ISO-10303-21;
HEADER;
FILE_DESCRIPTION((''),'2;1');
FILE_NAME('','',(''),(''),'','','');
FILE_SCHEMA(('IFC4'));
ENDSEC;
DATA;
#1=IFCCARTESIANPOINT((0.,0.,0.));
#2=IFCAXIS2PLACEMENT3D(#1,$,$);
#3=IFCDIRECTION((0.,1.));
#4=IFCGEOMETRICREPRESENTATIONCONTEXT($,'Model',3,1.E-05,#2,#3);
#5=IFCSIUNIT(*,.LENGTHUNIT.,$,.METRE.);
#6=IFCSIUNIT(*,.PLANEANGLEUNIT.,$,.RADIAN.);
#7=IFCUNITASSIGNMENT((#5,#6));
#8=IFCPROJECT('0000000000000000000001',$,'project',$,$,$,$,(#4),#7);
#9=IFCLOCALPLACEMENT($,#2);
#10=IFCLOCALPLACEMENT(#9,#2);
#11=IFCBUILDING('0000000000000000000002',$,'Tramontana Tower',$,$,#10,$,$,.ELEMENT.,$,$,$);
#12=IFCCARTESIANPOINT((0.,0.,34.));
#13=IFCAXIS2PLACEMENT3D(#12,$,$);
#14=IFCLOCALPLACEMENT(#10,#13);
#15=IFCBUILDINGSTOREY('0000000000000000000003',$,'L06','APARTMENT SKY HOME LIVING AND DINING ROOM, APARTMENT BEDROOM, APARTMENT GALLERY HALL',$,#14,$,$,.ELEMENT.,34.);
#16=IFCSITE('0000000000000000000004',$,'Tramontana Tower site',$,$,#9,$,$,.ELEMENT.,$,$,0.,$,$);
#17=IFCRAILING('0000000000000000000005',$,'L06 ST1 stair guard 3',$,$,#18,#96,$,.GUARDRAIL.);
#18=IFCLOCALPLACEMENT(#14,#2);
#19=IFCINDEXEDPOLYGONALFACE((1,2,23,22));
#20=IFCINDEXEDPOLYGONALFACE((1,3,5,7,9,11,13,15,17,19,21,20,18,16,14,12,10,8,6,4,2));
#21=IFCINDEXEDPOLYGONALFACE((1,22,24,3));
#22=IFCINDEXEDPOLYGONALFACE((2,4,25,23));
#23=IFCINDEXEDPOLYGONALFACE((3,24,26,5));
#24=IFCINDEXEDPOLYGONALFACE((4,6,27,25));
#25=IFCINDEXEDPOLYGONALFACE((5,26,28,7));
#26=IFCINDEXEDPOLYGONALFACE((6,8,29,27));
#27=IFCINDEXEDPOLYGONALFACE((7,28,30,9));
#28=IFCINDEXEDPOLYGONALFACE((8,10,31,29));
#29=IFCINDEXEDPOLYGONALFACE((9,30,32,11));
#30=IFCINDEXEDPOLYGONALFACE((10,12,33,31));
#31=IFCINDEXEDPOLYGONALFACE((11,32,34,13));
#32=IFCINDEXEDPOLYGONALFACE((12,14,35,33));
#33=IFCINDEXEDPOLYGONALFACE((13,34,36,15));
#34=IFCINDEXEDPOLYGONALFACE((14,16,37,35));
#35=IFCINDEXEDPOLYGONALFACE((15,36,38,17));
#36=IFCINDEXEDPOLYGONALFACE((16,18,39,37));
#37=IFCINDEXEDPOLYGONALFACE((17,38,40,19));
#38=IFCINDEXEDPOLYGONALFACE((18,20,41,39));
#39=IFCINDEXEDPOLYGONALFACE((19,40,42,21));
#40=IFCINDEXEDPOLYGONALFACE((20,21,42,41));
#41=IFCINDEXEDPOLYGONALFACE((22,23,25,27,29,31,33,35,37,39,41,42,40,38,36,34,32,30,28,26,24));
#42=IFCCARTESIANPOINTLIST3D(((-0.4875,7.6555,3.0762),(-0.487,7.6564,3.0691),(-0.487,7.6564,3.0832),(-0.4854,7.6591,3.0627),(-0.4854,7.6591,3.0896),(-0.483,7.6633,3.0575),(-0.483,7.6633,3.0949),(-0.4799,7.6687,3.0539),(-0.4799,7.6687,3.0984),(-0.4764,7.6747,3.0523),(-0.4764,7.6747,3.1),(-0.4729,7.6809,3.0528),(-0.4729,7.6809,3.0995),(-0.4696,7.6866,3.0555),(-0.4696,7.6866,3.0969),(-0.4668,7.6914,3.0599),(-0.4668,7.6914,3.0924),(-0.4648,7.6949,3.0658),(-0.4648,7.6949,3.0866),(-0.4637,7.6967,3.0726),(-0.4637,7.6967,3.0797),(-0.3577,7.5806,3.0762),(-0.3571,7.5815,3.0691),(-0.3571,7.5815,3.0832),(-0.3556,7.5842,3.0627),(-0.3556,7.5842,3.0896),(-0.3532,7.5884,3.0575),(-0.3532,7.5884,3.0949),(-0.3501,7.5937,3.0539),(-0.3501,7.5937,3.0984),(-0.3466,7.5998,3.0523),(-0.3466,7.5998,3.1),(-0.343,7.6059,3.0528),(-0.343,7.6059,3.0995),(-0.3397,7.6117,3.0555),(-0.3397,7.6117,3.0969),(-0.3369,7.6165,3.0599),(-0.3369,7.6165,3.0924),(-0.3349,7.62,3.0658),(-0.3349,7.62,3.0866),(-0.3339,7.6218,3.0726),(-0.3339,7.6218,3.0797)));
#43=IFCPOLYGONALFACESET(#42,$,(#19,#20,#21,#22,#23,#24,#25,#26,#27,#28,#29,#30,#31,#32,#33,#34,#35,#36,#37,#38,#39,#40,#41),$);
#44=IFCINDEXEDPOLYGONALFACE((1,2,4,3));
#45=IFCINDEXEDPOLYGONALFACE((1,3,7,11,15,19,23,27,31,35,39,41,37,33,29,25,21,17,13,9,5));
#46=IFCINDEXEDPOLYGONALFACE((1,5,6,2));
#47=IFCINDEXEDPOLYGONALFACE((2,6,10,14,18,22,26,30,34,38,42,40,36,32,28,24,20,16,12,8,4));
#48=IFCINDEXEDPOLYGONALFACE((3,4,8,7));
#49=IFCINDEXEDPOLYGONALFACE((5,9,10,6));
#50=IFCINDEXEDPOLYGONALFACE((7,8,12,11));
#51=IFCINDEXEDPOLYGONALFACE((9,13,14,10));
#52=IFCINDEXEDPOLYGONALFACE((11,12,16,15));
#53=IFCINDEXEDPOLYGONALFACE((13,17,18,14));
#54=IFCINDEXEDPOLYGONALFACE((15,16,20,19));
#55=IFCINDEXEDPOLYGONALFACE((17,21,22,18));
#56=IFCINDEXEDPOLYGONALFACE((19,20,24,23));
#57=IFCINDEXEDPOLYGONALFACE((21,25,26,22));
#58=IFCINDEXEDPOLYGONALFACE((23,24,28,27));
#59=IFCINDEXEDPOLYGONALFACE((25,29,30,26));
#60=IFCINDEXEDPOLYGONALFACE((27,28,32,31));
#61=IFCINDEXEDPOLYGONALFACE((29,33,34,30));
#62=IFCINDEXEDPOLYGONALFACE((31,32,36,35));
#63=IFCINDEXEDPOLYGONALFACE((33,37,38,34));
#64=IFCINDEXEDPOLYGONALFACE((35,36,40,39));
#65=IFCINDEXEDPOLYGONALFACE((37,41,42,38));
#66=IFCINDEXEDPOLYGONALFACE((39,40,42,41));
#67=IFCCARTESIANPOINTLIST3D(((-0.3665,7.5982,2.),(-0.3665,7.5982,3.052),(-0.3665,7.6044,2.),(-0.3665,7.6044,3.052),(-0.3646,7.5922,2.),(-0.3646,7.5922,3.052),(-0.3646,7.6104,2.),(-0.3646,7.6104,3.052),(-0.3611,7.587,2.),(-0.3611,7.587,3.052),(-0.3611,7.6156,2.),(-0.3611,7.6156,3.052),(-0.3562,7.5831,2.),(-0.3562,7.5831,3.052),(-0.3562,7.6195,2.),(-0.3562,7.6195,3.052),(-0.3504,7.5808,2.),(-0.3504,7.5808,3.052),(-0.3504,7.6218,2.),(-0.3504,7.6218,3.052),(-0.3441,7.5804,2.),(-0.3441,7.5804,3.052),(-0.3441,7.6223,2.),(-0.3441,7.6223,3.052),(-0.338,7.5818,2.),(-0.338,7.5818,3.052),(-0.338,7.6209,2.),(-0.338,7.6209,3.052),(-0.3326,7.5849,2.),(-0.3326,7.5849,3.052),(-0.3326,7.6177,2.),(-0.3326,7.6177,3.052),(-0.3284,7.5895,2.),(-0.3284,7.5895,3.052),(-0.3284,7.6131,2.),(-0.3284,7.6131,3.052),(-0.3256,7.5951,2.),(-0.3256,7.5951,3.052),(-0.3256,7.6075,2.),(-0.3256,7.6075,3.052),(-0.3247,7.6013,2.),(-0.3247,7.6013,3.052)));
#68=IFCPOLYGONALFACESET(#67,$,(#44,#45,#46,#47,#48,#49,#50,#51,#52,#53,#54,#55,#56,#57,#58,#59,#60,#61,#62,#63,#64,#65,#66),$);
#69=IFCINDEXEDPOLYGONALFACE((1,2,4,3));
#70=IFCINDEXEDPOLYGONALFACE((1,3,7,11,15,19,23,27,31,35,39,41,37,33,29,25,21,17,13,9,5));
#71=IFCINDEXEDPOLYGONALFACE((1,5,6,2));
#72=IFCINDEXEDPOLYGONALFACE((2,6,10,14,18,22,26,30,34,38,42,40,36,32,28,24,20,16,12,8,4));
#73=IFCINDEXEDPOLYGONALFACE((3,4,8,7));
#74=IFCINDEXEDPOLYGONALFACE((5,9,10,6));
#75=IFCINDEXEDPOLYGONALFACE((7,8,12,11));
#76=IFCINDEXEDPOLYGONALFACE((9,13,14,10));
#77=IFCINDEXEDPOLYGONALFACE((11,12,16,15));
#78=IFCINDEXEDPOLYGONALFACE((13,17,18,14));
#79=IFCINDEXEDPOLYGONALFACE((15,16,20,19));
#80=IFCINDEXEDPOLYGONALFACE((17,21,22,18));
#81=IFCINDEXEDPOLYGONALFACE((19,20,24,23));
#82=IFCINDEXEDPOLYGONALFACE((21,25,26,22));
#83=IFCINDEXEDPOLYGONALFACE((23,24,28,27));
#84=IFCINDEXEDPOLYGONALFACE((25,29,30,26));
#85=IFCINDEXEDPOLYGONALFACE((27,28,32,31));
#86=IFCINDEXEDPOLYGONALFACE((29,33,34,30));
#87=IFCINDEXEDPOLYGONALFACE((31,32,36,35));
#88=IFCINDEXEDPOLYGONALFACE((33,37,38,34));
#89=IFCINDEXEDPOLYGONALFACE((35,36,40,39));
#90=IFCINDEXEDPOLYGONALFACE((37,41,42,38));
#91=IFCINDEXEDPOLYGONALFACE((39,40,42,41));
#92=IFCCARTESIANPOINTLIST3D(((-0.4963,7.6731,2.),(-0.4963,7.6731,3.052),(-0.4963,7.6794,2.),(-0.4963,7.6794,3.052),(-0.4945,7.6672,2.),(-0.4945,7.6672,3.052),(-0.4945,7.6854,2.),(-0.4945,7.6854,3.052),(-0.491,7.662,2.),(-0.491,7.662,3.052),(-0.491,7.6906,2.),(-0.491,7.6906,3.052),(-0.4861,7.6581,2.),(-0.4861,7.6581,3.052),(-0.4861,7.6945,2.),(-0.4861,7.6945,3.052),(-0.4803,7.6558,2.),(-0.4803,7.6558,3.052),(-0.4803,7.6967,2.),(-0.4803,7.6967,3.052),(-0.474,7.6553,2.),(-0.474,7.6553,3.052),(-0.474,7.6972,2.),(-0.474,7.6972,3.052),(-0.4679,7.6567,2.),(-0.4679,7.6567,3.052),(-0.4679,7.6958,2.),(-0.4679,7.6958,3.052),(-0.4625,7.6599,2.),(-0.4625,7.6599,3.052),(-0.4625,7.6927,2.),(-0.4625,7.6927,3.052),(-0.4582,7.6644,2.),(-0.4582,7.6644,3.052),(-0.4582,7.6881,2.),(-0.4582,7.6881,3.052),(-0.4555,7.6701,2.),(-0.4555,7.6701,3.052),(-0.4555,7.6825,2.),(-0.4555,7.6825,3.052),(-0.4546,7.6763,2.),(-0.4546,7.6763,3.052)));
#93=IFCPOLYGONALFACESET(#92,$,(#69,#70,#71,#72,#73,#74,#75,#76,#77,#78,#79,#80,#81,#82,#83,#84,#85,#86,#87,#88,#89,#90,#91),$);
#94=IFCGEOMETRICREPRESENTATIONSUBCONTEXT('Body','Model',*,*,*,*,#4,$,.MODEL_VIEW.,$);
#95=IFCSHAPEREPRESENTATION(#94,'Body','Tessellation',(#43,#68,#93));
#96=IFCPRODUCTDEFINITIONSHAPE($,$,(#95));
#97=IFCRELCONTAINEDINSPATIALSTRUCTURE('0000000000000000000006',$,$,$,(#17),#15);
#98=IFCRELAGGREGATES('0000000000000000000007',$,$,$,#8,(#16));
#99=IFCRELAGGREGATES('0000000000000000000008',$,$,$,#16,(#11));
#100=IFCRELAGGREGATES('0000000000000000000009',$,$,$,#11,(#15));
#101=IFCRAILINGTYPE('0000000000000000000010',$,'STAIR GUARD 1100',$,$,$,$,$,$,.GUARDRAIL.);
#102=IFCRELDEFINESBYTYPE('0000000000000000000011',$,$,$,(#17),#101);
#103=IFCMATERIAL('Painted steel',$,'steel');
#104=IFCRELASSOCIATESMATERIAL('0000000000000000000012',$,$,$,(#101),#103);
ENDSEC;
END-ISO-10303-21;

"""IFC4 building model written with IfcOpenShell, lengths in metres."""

from ifc_helpers import new_model, si_unit, direction, frame, origin, origin_2d, place, context, subcontext, project, spatial, circle, extrude, material, type_object, element, save


model = new_model("IFC4")

# Units and contexts
model_context = context("Model", 3, precision=1e-05, world=origin(), true_north=direction((0.0, 1.0)))
body_context = subcontext(model_context, "Body", "Model", "MODEL_VIEW")
ifc_project = project(units=[si_unit("LENGTHUNIT", "METRE"), si_unit("PLANEANGLEUNIT", "RADIAN")], contexts=[model_context])

# Site, building, storey
site_placement = place(None, origin())
site = spatial("IfcSite", under=ifc_project, at=site_placement, Name="Tramontana Tower site", CompositionType="ELEMENT", RefElevation=0.0)
building_placement = place(site_placement, origin())
building = spatial("IfcBuilding", under=site, at=building_placement, Name="Tramontana Tower", CompositionType="ELEMENT")
storey_placement = place(building_placement, frame((0.0, 0.0, 34.0)))
storey = spatial("IfcBuildingStorey", under=building, at=storey_placement, Name="L06", Description="APARTMENT SKY HOME LIVING AND DINING ROOM, APARTMENT BEDROOM, APARTMENT GALLERY HALL", CompositionType="ELEMENT", Elevation=34.0)

# Railing
ifc_material_1 = material(Name="Painted steel", Category="steel")
railing_type = type_object("IfcRailingType", Name="STAIR GUARD 1100", PredefinedType="GUARDRAIL", material=ifc_material_1)
railing_1_placement = place(storey_placement, frame((-0.3457, 7.6013, 2.0)))
element("IfcRailing", 1, at=railing_1_placement, inside=storey, type_object=railing_type, Name="L06 ST1 stair guard 3", PredefinedType="GUARDRAIL", context=body_context, shape_type="SweptSolid", body=[
    extrude(circle(Radius=0.0239, at=origin_2d()), frame((0.0, 0.0, 1.0762), z_axis=(-0.866131, 0.499816, 0.0), x_axis=(-0.499816, -0.866131, 0.0)), (0.0, 0.0, 1.0), 0.1499),
    extrude(circle(Radius=0.021, at=origin_2d()), origin(), (0.0, 0.0, 1.0), 1.052),
    extrude(circle(Radius=0.021, at=origin_2d()), frame((-0.1299, 0.075, 0.0)), (0.0, 0.0, 1.0), 1.052),
])

save(model, "model.ifc")
